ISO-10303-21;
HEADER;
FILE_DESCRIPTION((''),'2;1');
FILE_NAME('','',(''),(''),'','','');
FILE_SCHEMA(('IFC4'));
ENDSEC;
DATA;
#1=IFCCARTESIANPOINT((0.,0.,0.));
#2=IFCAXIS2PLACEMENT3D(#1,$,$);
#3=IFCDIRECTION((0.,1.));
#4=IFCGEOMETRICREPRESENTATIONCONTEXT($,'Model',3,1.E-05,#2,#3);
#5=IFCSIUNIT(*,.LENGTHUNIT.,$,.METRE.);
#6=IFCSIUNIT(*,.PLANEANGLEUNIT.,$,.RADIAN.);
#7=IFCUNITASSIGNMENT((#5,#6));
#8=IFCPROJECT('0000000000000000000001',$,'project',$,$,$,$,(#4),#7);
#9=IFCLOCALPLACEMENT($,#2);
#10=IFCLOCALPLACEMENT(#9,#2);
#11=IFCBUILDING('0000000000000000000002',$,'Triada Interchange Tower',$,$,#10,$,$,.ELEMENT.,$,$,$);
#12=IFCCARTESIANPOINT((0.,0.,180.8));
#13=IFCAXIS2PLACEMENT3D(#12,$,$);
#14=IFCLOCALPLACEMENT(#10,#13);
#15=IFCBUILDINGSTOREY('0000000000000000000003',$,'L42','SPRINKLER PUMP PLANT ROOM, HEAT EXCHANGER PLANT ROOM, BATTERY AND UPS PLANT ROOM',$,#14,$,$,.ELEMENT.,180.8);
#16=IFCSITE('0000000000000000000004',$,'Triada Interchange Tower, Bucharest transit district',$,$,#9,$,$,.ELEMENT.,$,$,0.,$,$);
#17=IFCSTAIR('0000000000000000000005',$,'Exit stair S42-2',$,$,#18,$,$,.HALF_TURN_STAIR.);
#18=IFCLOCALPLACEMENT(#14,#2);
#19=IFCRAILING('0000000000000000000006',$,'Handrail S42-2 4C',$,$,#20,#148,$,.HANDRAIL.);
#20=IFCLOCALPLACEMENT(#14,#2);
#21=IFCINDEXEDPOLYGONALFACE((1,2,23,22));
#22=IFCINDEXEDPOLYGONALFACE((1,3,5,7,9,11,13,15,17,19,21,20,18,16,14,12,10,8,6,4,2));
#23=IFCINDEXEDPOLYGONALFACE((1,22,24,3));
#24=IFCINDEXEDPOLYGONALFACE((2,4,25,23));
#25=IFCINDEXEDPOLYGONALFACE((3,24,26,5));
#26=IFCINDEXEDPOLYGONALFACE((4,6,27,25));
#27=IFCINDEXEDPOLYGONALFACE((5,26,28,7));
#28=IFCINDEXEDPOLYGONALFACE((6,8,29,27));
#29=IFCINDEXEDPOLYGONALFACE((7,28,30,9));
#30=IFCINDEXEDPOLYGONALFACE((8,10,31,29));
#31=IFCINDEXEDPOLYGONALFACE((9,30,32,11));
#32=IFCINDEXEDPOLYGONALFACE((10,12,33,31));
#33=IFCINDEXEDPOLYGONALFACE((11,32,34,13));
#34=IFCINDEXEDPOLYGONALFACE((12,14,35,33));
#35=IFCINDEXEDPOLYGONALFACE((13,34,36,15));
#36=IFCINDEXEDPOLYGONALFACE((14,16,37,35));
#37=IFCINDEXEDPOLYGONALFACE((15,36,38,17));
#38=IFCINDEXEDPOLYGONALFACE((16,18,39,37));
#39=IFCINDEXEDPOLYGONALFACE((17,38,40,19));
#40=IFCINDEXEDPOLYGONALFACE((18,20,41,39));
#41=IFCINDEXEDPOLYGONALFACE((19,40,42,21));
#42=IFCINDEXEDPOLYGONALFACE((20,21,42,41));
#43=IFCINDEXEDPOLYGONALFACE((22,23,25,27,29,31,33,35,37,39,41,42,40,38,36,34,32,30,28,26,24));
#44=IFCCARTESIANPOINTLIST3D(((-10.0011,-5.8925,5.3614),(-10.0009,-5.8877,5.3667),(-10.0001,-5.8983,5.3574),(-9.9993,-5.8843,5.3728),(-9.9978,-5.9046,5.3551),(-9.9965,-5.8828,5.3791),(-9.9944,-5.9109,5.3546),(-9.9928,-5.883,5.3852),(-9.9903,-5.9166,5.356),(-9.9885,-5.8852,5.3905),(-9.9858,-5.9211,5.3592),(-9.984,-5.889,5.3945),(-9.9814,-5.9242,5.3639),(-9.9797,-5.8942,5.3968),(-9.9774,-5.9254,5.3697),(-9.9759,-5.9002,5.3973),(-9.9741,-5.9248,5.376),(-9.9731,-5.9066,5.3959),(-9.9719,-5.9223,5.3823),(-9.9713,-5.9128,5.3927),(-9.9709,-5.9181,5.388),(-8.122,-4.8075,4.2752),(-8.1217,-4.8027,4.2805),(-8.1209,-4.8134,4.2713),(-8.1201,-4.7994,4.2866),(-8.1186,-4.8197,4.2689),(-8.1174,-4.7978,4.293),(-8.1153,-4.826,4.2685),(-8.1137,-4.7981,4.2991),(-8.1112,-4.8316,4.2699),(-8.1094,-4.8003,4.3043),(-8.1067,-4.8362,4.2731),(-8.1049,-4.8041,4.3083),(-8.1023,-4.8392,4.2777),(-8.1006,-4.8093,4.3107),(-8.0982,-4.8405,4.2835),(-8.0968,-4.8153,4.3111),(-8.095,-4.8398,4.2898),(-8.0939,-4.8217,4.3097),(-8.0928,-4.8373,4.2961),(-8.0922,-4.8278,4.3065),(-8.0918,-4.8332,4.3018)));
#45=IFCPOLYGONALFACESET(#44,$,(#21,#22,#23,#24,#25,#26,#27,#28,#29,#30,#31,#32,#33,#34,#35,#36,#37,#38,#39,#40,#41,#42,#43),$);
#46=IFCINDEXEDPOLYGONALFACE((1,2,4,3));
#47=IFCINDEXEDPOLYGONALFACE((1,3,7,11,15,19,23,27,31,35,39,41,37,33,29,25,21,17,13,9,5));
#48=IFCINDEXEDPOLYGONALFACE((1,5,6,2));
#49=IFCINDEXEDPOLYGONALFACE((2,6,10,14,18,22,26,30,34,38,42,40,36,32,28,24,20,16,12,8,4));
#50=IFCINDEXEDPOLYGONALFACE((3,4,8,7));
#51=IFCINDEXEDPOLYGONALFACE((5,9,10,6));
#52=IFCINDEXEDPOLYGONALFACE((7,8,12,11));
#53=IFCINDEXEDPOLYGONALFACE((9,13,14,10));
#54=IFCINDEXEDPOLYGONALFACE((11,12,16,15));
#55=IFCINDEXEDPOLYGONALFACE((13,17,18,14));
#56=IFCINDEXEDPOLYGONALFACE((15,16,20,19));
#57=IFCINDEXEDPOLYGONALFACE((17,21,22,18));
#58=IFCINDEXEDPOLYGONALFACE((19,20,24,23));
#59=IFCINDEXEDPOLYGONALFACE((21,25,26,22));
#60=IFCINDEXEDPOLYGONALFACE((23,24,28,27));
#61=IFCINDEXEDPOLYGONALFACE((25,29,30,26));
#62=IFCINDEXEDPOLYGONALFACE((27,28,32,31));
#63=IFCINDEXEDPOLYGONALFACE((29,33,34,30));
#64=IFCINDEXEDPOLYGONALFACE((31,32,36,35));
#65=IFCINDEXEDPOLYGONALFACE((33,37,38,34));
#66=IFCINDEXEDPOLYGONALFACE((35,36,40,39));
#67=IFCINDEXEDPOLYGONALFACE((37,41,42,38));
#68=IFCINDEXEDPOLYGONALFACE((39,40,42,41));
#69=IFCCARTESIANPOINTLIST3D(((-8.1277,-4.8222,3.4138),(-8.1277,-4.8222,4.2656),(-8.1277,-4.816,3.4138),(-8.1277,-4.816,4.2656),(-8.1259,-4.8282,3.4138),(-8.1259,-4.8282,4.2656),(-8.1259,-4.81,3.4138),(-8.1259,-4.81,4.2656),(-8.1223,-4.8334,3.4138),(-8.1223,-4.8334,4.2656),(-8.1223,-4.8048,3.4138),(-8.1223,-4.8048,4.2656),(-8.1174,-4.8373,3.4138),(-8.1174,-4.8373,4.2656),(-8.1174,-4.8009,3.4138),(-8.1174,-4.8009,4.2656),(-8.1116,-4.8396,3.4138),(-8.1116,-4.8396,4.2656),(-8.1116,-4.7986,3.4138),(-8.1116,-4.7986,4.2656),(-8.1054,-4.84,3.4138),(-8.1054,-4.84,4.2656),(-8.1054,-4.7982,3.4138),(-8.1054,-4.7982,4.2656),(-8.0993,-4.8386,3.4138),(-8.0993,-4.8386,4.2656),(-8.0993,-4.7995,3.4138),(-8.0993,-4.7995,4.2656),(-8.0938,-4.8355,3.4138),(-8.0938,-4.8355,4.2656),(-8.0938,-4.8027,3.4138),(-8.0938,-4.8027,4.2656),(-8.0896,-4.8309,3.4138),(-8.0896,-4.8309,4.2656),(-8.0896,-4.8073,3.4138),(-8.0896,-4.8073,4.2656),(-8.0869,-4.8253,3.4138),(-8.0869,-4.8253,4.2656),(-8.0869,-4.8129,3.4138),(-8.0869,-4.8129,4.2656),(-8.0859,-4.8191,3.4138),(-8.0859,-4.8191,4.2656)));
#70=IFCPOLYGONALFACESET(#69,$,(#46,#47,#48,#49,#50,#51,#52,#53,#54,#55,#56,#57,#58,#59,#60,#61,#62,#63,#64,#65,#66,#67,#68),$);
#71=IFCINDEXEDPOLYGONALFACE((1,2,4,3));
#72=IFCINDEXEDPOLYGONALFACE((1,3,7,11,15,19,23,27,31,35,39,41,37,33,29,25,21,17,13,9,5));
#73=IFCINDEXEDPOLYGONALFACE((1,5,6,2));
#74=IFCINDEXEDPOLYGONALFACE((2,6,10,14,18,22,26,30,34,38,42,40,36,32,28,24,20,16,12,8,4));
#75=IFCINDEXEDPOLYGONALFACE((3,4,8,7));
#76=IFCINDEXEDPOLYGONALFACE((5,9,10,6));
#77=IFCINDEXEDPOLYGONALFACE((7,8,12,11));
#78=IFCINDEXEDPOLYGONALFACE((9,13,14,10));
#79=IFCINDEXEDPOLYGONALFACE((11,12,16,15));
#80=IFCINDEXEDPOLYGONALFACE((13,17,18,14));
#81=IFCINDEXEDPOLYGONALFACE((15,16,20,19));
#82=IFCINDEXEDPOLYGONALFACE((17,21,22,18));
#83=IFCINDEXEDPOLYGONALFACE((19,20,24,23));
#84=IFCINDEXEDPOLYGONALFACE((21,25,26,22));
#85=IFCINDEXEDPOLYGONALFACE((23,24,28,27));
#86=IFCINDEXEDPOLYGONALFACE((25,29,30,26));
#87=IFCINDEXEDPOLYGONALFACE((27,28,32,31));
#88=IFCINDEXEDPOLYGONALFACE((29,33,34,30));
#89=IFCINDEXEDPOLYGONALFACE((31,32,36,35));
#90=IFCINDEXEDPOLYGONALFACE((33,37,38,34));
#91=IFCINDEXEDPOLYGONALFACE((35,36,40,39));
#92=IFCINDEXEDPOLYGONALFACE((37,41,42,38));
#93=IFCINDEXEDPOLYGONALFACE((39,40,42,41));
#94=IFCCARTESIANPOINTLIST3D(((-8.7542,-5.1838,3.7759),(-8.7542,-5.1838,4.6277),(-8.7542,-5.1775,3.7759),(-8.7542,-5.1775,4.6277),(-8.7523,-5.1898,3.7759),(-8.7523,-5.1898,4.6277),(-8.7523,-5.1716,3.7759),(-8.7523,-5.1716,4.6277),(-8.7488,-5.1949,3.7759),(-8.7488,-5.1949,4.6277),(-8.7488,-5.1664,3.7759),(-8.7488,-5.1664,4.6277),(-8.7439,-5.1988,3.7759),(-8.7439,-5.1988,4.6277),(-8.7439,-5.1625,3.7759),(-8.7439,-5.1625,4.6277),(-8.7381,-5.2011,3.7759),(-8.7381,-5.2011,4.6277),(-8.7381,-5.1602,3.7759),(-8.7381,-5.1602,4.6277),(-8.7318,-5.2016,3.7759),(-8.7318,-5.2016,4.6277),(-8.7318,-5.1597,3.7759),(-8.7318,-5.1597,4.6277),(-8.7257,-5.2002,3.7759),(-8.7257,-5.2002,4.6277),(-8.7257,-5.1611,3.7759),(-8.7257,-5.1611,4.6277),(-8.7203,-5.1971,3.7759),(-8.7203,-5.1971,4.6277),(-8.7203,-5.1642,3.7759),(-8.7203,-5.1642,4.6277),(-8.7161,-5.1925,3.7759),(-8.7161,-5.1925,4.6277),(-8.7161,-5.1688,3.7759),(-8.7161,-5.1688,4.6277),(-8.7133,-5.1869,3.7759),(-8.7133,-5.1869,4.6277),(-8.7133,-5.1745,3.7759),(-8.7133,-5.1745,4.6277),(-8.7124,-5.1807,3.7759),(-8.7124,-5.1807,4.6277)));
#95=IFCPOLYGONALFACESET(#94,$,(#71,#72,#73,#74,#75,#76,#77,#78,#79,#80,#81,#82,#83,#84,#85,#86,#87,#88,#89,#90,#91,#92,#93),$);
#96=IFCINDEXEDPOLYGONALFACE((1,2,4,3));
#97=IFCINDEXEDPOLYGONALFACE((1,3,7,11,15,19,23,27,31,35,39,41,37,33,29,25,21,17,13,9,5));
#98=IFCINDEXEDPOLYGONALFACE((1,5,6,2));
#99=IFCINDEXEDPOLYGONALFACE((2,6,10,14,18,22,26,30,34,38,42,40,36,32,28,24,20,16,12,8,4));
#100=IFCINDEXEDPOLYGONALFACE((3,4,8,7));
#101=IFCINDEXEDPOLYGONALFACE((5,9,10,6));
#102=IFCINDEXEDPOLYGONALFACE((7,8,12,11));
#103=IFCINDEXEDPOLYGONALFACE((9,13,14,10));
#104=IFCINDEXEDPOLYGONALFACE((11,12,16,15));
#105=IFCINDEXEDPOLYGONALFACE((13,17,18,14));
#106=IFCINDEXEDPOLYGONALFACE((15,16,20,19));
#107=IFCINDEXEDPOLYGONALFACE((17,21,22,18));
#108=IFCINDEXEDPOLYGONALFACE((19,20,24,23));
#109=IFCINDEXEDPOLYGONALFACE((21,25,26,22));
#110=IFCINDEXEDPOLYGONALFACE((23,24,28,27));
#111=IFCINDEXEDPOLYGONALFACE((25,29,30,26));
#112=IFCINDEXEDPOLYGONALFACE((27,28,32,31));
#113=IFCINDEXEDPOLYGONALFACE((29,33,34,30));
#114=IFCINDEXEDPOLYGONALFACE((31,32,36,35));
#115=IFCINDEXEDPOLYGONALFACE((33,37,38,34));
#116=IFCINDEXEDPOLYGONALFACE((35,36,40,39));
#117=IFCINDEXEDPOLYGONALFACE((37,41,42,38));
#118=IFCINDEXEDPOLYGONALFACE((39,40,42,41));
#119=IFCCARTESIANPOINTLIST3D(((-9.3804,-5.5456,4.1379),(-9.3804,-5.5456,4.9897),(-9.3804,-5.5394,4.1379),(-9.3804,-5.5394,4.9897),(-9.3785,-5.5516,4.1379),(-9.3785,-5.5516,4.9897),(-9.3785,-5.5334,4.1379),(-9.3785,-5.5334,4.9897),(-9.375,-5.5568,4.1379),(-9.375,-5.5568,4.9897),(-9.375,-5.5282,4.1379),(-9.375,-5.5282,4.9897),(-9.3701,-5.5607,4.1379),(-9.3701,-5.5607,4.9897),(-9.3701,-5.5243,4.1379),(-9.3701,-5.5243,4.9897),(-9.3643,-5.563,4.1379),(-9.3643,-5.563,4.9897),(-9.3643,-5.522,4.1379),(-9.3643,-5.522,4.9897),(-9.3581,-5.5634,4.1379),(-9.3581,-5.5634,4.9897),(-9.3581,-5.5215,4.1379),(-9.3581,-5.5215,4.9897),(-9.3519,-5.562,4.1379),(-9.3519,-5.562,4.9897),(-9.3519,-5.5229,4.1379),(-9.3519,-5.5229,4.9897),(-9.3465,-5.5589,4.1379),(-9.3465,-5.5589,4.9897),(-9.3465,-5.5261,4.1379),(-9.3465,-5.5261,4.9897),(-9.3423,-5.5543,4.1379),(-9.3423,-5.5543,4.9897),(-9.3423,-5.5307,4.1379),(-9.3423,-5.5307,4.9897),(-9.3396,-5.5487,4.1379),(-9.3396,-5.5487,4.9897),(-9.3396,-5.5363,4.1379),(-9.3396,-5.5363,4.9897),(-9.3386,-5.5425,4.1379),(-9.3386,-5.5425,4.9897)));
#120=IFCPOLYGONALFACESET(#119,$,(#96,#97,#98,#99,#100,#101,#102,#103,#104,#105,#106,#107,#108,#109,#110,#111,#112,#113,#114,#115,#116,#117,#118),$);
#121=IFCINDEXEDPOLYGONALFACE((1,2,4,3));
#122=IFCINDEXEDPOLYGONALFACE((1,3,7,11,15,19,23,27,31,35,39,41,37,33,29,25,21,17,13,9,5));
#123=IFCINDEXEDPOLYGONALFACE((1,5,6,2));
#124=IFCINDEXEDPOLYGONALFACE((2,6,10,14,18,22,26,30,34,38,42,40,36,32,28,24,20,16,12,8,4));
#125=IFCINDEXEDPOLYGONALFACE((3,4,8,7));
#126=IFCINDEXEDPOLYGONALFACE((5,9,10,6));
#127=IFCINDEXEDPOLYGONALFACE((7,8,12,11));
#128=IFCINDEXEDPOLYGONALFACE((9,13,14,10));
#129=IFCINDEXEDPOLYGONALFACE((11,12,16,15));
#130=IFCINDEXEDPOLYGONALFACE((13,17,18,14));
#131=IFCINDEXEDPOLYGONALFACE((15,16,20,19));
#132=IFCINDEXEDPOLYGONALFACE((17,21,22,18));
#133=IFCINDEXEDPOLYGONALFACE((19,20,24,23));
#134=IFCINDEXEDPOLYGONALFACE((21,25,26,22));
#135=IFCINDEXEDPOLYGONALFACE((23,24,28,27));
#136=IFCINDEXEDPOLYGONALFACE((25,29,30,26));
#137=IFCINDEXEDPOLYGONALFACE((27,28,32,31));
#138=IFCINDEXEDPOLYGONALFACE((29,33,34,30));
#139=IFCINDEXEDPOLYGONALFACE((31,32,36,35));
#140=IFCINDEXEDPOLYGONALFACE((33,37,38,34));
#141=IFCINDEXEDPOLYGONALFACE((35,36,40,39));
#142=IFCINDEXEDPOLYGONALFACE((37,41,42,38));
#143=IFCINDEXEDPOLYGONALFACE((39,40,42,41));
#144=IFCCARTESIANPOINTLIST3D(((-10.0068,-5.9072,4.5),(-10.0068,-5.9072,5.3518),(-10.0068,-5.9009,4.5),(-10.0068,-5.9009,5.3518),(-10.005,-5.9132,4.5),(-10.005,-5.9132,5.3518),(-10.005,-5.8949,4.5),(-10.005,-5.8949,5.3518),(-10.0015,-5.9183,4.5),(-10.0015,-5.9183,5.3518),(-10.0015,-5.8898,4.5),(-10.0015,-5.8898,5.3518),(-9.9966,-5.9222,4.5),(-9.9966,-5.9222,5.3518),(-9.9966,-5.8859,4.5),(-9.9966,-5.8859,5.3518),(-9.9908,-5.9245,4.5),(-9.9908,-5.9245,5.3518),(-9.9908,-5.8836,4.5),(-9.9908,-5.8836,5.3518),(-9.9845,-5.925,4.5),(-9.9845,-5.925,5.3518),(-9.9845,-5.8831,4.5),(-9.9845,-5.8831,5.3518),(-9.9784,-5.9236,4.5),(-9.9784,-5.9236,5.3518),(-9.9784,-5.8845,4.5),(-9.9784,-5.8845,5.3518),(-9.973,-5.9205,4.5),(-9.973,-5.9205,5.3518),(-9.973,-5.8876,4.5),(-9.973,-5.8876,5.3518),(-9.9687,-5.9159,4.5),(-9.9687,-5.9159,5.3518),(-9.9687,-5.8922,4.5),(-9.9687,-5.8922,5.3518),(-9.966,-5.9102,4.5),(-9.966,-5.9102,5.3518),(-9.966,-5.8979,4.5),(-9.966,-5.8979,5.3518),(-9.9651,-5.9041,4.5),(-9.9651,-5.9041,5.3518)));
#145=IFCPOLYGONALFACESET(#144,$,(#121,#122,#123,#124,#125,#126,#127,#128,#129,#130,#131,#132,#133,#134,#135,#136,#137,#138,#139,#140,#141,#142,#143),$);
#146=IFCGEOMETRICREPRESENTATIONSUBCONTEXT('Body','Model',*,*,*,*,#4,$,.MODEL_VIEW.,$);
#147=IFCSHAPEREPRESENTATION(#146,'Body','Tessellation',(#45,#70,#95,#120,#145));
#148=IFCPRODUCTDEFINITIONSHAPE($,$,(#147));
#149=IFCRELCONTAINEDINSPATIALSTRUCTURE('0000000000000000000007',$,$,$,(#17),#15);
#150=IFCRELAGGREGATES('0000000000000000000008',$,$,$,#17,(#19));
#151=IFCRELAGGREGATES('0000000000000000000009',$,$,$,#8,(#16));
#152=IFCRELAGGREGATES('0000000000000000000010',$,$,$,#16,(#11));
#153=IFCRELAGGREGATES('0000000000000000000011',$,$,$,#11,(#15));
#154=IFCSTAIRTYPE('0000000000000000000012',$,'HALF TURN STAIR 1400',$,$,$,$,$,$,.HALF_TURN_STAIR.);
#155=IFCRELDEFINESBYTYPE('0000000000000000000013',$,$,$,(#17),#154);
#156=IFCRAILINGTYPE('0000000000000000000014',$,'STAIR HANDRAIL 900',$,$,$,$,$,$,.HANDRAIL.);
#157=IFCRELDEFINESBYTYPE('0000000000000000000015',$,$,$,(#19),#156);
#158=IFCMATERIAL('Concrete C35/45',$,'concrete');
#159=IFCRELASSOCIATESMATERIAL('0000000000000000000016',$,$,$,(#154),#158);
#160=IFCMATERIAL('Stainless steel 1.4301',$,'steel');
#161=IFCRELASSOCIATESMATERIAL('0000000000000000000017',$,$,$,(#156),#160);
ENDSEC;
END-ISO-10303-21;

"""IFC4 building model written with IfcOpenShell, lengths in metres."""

from ifc_helpers import new_model, si_unit, direction, frame, origin, origin_2d, place, context, subcontext, project, spatial, circle, extrude, material, type_object, element, aggregate, save


model = new_model("IFC4")

# Units and contexts
model_context = context("Model", 3, precision=1e-05, world=origin(), true_north=direction((0.0, 1.0)))
body_context = subcontext(model_context, "Body", "Model", "MODEL_VIEW")
ifc_project = project(units=[si_unit("LENGTHUNIT", "METRE"), si_unit("PLANEANGLEUNIT", "RADIAN")], contexts=[model_context])

# Site, building, storey
site_placement = place(None, origin())
site = spatial("IfcSite", under=ifc_project, at=site_placement, Name="Triada Interchange Tower, Bucharest transit district", CompositionType="ELEMENT", RefElevation=0.0)
building_placement = place(site_placement, origin())
building = spatial("IfcBuilding", under=site, at=building_placement, Name="Triada Interchange Tower", CompositionType="ELEMENT")
storey_placement = place(building_placement, frame((0.0, 0.0, 180.8)))
storey = spatial("IfcBuildingStorey", under=building, at=storey_placement, Name="L42", Description="SPRINKLER PUMP PLANT ROOM, HEAT EXCHANGER PLANT ROOM, BATTERY AND UPS PLANT ROOM", CompositionType="ELEMENT", Elevation=180.8)

# Shared definitions
ifc_material_1 = material(Name="Concrete C35/45", Category="concrete")

# Stair, railing
stair_type = type_object("IfcStairType", Name="HALF TURN STAIR 1400", PredefinedType="HALF_TURN_STAIR", material=ifc_material_1)
stair_placement = place(storey_placement, origin())
stair = element("IfcStair", 1, at=stair_placement, inside=storey, type_object=stair_type, Name="Exit stair S42-2", PredefinedType="HALF_TURN_STAIR")
ifc_material_2 = material(Name="Stainless steel 1.4301", Category="steel")
railing_type_1 = type_object("IfcRailingType", Name="STAIR HANDRAIL 900", PredefinedType="HANDRAIL", material=ifc_material_2)
railing_1_placement = place(storey_placement, frame((-8.1069, -4.8191, 3.4138)))
railing_1 = element("IfcRailing", 2, at=railing_1_placement, type_object=railing_type_1, Name="Handrail S42-2 4C", PredefinedType="HANDRAIL", context=body_context, shape_type="SweptSolid", body=[
    extrude(circle(Radius=0.0239, at=origin_2d()), frame((0.0, 0.0, 0.876), z_axis=(-0.774413, -0.447121, 0.447624), x_axis=(0.500011, -0.866019, 0.0)), (0.0, 0.0, 1.0), 2.4265),
    extrude(circle(Radius=0.021, at=origin_2d()), origin(), (0.0, 0.0, 1.0), 0.8518),
    extrude(circle(Radius=0.021, at=origin_2d()), frame((-0.6265, -0.3616, 0.3621)), (0.0, 0.0, 1.0), 0.8518),
    extrude(circle(Radius=0.021, at=origin_2d()), frame((-1.2527, -0.7234, 0.7241)), (0.0, 0.0, 1.0), 0.8518),
    extrude(circle(Radius=0.021, at=origin_2d()), frame((-1.8792, -1.085, 1.0862)), (0.0, 0.0, 1.0), 0.8518),
])
aggregate(stair, [railing_1])

save(model, "model.ifc")
